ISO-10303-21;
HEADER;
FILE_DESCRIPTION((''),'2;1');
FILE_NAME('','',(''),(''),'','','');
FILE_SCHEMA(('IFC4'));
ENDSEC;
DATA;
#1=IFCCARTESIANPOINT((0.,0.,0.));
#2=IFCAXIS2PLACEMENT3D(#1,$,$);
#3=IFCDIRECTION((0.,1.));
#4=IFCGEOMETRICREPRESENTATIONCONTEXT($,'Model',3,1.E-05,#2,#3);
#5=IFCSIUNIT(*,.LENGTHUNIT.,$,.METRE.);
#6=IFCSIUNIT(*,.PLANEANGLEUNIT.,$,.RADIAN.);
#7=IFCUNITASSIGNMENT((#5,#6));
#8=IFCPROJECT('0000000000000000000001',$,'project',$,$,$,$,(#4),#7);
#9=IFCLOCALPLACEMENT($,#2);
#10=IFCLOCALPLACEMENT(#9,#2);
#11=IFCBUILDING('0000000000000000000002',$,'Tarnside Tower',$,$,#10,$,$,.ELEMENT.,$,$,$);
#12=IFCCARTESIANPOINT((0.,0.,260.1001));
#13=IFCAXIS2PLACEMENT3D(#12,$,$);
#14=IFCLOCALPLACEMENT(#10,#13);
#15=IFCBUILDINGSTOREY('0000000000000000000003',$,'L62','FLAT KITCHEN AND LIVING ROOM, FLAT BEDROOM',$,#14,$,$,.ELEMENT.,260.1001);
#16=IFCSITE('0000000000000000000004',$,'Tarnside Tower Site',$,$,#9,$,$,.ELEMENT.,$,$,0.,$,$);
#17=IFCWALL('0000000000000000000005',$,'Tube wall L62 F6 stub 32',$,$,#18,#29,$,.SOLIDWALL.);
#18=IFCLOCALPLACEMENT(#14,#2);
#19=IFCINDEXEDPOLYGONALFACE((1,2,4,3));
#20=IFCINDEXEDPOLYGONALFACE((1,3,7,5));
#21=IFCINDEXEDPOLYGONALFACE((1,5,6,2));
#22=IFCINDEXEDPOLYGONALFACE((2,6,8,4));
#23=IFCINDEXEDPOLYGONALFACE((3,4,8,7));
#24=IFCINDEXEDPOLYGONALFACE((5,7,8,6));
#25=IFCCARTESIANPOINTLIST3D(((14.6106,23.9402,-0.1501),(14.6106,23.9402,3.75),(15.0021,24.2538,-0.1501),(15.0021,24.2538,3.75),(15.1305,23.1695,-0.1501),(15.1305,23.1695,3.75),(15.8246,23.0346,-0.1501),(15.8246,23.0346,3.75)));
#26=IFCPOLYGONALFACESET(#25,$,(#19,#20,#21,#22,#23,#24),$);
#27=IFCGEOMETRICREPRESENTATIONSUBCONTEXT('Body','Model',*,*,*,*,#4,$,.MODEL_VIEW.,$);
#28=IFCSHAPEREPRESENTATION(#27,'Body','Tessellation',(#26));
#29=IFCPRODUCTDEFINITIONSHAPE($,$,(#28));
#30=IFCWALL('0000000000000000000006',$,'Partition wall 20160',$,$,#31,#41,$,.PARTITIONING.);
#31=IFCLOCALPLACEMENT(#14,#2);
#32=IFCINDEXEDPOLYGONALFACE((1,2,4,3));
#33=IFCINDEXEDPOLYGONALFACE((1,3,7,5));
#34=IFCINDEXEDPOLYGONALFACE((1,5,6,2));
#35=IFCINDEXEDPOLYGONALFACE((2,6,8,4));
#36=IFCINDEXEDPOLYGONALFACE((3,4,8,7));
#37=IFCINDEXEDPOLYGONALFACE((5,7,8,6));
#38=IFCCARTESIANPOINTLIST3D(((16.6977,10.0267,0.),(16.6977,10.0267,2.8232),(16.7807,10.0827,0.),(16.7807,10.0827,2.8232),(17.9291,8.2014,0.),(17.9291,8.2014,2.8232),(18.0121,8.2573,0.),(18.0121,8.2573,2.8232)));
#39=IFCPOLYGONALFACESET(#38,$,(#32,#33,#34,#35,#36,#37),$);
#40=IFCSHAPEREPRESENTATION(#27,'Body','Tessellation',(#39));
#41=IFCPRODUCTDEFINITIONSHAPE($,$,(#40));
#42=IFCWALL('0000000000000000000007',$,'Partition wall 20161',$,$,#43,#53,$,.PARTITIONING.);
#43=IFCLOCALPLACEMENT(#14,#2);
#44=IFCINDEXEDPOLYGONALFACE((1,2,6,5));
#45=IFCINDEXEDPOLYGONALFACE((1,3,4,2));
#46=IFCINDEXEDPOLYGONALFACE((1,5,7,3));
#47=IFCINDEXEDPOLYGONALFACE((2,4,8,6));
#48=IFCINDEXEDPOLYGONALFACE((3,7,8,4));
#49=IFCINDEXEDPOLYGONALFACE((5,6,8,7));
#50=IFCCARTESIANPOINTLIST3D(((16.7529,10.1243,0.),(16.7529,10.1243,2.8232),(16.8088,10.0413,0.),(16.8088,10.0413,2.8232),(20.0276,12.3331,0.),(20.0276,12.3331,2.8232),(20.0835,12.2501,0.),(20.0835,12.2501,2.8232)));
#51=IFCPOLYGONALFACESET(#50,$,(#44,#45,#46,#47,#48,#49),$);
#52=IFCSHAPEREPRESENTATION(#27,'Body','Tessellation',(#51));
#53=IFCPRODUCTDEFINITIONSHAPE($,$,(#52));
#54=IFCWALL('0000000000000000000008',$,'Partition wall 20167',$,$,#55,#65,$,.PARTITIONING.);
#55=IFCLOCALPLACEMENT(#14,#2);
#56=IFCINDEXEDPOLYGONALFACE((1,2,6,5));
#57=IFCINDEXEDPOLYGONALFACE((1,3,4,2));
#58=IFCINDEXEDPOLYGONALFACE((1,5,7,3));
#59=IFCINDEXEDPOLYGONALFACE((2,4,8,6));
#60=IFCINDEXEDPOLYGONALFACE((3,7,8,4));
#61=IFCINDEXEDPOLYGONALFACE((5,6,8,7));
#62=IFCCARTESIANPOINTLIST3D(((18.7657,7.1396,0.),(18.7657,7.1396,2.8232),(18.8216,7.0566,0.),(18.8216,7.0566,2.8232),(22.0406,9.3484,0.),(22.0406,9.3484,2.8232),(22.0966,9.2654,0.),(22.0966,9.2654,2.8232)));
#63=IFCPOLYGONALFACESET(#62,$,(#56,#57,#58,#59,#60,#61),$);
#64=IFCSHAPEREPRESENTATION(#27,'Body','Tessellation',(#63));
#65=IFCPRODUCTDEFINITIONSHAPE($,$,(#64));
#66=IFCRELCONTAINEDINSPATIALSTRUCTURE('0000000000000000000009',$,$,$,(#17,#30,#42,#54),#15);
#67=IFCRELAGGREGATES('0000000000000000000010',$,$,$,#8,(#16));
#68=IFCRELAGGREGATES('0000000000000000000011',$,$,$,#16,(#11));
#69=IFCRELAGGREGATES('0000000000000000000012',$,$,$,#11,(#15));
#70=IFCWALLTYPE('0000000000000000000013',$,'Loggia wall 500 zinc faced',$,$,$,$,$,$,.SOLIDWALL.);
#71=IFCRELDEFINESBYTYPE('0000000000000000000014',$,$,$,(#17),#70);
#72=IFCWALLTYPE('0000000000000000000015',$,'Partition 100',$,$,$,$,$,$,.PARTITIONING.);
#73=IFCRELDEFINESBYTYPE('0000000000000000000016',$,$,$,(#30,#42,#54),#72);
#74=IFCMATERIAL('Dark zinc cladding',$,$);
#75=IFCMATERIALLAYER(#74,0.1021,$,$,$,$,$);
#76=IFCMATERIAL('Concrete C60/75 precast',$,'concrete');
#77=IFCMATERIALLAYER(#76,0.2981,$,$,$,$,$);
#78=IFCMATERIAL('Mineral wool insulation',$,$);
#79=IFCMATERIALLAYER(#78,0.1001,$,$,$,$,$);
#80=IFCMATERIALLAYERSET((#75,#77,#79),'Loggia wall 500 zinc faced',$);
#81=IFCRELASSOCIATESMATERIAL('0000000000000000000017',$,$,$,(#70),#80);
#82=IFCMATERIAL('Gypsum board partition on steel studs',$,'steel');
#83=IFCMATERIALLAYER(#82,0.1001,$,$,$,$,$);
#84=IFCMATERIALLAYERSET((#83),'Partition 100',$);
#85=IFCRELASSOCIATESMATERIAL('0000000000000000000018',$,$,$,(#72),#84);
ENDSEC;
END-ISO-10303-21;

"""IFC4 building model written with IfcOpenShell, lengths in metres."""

from ifc_helpers import new_model, si_unit, direction, frame, frame_2d, origin, place, context, subcontext, project, spatial, polyline, rectangle, outline, extrude, material, layer, layer_set, type_object, element, save


model = new_model("IFC4")

# Units and contexts
model_context = context("Model", 3, precision=1e-05, world=origin(), true_north=direction((0.0, 1.0)))
body_context = subcontext(model_context, "Body", "Model", "MODEL_VIEW")
ifc_project = project(units=[si_unit("LENGTHUNIT", "METRE"), si_unit("PLANEANGLEUNIT", "RADIAN")], contexts=[model_context])

# Site, building, storey
site_placement = place(None, origin())
site = spatial("IfcSite", under=ifc_project, at=site_placement, Name="Tarnside Tower Site", CompositionType="ELEMENT", RefElevation=0.0)
building_placement = place(site_placement, origin())
building = spatial("IfcBuilding", under=site, at=building_placement, Name="Tarnside Tower", CompositionType="ELEMENT")
storey_placement = place(building_placement, frame((0.0, 0.0, 260.1001)))
storey = spatial("IfcBuildingStorey", under=building, at=storey_placement, Name="L62", Description="FLAT KITCHEN AND LIVING ROOM, FLAT BEDROOM", CompositionType="ELEMENT", Elevation=260.1001)

# Walls
ifc_material_1 = material(Name="Gypsum board partition on steel studs", Category="steel")
ifc_material_2 = material(Name="Dark zinc cladding")
ifc_layer_1 = layer(ifc_material_2, 0.1021)
ifc_material_3 = material(Name="Concrete C60/75 precast", Category="concrete")
ifc_layer_2 = layer(ifc_material_3, 0.2981)
ifc_material_4 = material(Name="Mineral wool insulation")
ifc_layer_3 = layer(ifc_material_4, 0.1001)
ifc_layer_set_1 = layer_set([ifc_layer_1, ifc_layer_2, ifc_layer_3], Name="Loggia wall 500 zinc faced")
wall_type_1 = type_object("IfcWallType", Name="Loggia wall 500 zinc faced", PredefinedType="SOLIDWALL", material=ifc_layer_set_1)
wall_1_placement = place(storey_placement, frame((15.4775, 23.1021, -0.1501), z_axis=(0.0, 0.0, 1.0), x_axis=(-0.559246, 0.829002, 0.0)))
element("IfcWall", 1, at=wall_1_placement, inside=storey, type_object=wall_type_1, Name="Tube wall L62 F6 stub 32", PredefinedType="SOLIDWALL", context=body_context, shape_type="SweptSolid", body=[
    extrude(outline(polyline([(-0.25, -0.25), (1.2207, -0.25), (1.1797, 0.25), (0.25, 0.25), (-0.25, -0.25)])), origin(), (0.0, 0.0, 1.0), 3.9001),
])
ifc_layer_4 = layer(ifc_material_1, 0.1001)
ifc_layer_set_2 = layer_set([ifc_layer_4], Name="Partition 100")
wall_type_2 = type_object("IfcWallType", Name="Partition 100", PredefinedType="PARTITIONING", material=ifc_layer_set_2)
wall_2_placement = place(storey_placement, frame((17.9707, 8.2292, 0.0), z_axis=(0.0, 0.0, 1.0), x_axis=(-0.559246, 0.829002, 0.0)))
element("IfcWall", 2, at=wall_2_placement, inside=storey, type_object=wall_type_2, Name="Partition wall 20160", PredefinedType="PARTITIONING", context=body_context, shape_type="SweptSolid", body=[
    extrude(rectangle(XDim=2.2019, YDim=0.1001, at=frame_2d((1.1011, 0.0))), origin(), (0.0, 0.0, 1.0), 2.8232),
])
wall_3_placement = place(storey_placement, frame((16.7808, 10.0828, 0.0), z_axis=(0.0, 0.0, 1.0), x_axis=(0.829043, 0.559185, 0.0)))
element("IfcWall", 3, at=wall_3_placement, inside=storey, type_object=wall_type_2, Name="Partition wall 20161", PredefinedType="PARTITIONING", context=body_context, shape_type="SweptSolid", body=[
    extrude(rectangle(XDim=3.95, YDim=0.1001, at=frame_2d((1.9751, 0.0))), origin(), (0.0, 0.0, 1.0), 2.8232),
])
wall_4_placement = place(storey_placement, frame((22.0686, 9.3069, 0.0), z_axis=(0.0, 0.0, 1.0), x_axis=(-0.829062, -0.559156, 0.0)))
element("IfcWall", 4, at=wall_4_placement, inside=storey, type_object=wall_type_2, Name="Partition wall 20167", PredefinedType="PARTITIONING", context=body_context, shape_type="SweptSolid", body=[
    extrude(rectangle(XDim=3.9502, YDim=0.1001, at=frame_2d((1.9751, 0.0))), origin(), (0.0, 0.0, 1.0), 2.8232),
])

save(model, "model.ifc")
